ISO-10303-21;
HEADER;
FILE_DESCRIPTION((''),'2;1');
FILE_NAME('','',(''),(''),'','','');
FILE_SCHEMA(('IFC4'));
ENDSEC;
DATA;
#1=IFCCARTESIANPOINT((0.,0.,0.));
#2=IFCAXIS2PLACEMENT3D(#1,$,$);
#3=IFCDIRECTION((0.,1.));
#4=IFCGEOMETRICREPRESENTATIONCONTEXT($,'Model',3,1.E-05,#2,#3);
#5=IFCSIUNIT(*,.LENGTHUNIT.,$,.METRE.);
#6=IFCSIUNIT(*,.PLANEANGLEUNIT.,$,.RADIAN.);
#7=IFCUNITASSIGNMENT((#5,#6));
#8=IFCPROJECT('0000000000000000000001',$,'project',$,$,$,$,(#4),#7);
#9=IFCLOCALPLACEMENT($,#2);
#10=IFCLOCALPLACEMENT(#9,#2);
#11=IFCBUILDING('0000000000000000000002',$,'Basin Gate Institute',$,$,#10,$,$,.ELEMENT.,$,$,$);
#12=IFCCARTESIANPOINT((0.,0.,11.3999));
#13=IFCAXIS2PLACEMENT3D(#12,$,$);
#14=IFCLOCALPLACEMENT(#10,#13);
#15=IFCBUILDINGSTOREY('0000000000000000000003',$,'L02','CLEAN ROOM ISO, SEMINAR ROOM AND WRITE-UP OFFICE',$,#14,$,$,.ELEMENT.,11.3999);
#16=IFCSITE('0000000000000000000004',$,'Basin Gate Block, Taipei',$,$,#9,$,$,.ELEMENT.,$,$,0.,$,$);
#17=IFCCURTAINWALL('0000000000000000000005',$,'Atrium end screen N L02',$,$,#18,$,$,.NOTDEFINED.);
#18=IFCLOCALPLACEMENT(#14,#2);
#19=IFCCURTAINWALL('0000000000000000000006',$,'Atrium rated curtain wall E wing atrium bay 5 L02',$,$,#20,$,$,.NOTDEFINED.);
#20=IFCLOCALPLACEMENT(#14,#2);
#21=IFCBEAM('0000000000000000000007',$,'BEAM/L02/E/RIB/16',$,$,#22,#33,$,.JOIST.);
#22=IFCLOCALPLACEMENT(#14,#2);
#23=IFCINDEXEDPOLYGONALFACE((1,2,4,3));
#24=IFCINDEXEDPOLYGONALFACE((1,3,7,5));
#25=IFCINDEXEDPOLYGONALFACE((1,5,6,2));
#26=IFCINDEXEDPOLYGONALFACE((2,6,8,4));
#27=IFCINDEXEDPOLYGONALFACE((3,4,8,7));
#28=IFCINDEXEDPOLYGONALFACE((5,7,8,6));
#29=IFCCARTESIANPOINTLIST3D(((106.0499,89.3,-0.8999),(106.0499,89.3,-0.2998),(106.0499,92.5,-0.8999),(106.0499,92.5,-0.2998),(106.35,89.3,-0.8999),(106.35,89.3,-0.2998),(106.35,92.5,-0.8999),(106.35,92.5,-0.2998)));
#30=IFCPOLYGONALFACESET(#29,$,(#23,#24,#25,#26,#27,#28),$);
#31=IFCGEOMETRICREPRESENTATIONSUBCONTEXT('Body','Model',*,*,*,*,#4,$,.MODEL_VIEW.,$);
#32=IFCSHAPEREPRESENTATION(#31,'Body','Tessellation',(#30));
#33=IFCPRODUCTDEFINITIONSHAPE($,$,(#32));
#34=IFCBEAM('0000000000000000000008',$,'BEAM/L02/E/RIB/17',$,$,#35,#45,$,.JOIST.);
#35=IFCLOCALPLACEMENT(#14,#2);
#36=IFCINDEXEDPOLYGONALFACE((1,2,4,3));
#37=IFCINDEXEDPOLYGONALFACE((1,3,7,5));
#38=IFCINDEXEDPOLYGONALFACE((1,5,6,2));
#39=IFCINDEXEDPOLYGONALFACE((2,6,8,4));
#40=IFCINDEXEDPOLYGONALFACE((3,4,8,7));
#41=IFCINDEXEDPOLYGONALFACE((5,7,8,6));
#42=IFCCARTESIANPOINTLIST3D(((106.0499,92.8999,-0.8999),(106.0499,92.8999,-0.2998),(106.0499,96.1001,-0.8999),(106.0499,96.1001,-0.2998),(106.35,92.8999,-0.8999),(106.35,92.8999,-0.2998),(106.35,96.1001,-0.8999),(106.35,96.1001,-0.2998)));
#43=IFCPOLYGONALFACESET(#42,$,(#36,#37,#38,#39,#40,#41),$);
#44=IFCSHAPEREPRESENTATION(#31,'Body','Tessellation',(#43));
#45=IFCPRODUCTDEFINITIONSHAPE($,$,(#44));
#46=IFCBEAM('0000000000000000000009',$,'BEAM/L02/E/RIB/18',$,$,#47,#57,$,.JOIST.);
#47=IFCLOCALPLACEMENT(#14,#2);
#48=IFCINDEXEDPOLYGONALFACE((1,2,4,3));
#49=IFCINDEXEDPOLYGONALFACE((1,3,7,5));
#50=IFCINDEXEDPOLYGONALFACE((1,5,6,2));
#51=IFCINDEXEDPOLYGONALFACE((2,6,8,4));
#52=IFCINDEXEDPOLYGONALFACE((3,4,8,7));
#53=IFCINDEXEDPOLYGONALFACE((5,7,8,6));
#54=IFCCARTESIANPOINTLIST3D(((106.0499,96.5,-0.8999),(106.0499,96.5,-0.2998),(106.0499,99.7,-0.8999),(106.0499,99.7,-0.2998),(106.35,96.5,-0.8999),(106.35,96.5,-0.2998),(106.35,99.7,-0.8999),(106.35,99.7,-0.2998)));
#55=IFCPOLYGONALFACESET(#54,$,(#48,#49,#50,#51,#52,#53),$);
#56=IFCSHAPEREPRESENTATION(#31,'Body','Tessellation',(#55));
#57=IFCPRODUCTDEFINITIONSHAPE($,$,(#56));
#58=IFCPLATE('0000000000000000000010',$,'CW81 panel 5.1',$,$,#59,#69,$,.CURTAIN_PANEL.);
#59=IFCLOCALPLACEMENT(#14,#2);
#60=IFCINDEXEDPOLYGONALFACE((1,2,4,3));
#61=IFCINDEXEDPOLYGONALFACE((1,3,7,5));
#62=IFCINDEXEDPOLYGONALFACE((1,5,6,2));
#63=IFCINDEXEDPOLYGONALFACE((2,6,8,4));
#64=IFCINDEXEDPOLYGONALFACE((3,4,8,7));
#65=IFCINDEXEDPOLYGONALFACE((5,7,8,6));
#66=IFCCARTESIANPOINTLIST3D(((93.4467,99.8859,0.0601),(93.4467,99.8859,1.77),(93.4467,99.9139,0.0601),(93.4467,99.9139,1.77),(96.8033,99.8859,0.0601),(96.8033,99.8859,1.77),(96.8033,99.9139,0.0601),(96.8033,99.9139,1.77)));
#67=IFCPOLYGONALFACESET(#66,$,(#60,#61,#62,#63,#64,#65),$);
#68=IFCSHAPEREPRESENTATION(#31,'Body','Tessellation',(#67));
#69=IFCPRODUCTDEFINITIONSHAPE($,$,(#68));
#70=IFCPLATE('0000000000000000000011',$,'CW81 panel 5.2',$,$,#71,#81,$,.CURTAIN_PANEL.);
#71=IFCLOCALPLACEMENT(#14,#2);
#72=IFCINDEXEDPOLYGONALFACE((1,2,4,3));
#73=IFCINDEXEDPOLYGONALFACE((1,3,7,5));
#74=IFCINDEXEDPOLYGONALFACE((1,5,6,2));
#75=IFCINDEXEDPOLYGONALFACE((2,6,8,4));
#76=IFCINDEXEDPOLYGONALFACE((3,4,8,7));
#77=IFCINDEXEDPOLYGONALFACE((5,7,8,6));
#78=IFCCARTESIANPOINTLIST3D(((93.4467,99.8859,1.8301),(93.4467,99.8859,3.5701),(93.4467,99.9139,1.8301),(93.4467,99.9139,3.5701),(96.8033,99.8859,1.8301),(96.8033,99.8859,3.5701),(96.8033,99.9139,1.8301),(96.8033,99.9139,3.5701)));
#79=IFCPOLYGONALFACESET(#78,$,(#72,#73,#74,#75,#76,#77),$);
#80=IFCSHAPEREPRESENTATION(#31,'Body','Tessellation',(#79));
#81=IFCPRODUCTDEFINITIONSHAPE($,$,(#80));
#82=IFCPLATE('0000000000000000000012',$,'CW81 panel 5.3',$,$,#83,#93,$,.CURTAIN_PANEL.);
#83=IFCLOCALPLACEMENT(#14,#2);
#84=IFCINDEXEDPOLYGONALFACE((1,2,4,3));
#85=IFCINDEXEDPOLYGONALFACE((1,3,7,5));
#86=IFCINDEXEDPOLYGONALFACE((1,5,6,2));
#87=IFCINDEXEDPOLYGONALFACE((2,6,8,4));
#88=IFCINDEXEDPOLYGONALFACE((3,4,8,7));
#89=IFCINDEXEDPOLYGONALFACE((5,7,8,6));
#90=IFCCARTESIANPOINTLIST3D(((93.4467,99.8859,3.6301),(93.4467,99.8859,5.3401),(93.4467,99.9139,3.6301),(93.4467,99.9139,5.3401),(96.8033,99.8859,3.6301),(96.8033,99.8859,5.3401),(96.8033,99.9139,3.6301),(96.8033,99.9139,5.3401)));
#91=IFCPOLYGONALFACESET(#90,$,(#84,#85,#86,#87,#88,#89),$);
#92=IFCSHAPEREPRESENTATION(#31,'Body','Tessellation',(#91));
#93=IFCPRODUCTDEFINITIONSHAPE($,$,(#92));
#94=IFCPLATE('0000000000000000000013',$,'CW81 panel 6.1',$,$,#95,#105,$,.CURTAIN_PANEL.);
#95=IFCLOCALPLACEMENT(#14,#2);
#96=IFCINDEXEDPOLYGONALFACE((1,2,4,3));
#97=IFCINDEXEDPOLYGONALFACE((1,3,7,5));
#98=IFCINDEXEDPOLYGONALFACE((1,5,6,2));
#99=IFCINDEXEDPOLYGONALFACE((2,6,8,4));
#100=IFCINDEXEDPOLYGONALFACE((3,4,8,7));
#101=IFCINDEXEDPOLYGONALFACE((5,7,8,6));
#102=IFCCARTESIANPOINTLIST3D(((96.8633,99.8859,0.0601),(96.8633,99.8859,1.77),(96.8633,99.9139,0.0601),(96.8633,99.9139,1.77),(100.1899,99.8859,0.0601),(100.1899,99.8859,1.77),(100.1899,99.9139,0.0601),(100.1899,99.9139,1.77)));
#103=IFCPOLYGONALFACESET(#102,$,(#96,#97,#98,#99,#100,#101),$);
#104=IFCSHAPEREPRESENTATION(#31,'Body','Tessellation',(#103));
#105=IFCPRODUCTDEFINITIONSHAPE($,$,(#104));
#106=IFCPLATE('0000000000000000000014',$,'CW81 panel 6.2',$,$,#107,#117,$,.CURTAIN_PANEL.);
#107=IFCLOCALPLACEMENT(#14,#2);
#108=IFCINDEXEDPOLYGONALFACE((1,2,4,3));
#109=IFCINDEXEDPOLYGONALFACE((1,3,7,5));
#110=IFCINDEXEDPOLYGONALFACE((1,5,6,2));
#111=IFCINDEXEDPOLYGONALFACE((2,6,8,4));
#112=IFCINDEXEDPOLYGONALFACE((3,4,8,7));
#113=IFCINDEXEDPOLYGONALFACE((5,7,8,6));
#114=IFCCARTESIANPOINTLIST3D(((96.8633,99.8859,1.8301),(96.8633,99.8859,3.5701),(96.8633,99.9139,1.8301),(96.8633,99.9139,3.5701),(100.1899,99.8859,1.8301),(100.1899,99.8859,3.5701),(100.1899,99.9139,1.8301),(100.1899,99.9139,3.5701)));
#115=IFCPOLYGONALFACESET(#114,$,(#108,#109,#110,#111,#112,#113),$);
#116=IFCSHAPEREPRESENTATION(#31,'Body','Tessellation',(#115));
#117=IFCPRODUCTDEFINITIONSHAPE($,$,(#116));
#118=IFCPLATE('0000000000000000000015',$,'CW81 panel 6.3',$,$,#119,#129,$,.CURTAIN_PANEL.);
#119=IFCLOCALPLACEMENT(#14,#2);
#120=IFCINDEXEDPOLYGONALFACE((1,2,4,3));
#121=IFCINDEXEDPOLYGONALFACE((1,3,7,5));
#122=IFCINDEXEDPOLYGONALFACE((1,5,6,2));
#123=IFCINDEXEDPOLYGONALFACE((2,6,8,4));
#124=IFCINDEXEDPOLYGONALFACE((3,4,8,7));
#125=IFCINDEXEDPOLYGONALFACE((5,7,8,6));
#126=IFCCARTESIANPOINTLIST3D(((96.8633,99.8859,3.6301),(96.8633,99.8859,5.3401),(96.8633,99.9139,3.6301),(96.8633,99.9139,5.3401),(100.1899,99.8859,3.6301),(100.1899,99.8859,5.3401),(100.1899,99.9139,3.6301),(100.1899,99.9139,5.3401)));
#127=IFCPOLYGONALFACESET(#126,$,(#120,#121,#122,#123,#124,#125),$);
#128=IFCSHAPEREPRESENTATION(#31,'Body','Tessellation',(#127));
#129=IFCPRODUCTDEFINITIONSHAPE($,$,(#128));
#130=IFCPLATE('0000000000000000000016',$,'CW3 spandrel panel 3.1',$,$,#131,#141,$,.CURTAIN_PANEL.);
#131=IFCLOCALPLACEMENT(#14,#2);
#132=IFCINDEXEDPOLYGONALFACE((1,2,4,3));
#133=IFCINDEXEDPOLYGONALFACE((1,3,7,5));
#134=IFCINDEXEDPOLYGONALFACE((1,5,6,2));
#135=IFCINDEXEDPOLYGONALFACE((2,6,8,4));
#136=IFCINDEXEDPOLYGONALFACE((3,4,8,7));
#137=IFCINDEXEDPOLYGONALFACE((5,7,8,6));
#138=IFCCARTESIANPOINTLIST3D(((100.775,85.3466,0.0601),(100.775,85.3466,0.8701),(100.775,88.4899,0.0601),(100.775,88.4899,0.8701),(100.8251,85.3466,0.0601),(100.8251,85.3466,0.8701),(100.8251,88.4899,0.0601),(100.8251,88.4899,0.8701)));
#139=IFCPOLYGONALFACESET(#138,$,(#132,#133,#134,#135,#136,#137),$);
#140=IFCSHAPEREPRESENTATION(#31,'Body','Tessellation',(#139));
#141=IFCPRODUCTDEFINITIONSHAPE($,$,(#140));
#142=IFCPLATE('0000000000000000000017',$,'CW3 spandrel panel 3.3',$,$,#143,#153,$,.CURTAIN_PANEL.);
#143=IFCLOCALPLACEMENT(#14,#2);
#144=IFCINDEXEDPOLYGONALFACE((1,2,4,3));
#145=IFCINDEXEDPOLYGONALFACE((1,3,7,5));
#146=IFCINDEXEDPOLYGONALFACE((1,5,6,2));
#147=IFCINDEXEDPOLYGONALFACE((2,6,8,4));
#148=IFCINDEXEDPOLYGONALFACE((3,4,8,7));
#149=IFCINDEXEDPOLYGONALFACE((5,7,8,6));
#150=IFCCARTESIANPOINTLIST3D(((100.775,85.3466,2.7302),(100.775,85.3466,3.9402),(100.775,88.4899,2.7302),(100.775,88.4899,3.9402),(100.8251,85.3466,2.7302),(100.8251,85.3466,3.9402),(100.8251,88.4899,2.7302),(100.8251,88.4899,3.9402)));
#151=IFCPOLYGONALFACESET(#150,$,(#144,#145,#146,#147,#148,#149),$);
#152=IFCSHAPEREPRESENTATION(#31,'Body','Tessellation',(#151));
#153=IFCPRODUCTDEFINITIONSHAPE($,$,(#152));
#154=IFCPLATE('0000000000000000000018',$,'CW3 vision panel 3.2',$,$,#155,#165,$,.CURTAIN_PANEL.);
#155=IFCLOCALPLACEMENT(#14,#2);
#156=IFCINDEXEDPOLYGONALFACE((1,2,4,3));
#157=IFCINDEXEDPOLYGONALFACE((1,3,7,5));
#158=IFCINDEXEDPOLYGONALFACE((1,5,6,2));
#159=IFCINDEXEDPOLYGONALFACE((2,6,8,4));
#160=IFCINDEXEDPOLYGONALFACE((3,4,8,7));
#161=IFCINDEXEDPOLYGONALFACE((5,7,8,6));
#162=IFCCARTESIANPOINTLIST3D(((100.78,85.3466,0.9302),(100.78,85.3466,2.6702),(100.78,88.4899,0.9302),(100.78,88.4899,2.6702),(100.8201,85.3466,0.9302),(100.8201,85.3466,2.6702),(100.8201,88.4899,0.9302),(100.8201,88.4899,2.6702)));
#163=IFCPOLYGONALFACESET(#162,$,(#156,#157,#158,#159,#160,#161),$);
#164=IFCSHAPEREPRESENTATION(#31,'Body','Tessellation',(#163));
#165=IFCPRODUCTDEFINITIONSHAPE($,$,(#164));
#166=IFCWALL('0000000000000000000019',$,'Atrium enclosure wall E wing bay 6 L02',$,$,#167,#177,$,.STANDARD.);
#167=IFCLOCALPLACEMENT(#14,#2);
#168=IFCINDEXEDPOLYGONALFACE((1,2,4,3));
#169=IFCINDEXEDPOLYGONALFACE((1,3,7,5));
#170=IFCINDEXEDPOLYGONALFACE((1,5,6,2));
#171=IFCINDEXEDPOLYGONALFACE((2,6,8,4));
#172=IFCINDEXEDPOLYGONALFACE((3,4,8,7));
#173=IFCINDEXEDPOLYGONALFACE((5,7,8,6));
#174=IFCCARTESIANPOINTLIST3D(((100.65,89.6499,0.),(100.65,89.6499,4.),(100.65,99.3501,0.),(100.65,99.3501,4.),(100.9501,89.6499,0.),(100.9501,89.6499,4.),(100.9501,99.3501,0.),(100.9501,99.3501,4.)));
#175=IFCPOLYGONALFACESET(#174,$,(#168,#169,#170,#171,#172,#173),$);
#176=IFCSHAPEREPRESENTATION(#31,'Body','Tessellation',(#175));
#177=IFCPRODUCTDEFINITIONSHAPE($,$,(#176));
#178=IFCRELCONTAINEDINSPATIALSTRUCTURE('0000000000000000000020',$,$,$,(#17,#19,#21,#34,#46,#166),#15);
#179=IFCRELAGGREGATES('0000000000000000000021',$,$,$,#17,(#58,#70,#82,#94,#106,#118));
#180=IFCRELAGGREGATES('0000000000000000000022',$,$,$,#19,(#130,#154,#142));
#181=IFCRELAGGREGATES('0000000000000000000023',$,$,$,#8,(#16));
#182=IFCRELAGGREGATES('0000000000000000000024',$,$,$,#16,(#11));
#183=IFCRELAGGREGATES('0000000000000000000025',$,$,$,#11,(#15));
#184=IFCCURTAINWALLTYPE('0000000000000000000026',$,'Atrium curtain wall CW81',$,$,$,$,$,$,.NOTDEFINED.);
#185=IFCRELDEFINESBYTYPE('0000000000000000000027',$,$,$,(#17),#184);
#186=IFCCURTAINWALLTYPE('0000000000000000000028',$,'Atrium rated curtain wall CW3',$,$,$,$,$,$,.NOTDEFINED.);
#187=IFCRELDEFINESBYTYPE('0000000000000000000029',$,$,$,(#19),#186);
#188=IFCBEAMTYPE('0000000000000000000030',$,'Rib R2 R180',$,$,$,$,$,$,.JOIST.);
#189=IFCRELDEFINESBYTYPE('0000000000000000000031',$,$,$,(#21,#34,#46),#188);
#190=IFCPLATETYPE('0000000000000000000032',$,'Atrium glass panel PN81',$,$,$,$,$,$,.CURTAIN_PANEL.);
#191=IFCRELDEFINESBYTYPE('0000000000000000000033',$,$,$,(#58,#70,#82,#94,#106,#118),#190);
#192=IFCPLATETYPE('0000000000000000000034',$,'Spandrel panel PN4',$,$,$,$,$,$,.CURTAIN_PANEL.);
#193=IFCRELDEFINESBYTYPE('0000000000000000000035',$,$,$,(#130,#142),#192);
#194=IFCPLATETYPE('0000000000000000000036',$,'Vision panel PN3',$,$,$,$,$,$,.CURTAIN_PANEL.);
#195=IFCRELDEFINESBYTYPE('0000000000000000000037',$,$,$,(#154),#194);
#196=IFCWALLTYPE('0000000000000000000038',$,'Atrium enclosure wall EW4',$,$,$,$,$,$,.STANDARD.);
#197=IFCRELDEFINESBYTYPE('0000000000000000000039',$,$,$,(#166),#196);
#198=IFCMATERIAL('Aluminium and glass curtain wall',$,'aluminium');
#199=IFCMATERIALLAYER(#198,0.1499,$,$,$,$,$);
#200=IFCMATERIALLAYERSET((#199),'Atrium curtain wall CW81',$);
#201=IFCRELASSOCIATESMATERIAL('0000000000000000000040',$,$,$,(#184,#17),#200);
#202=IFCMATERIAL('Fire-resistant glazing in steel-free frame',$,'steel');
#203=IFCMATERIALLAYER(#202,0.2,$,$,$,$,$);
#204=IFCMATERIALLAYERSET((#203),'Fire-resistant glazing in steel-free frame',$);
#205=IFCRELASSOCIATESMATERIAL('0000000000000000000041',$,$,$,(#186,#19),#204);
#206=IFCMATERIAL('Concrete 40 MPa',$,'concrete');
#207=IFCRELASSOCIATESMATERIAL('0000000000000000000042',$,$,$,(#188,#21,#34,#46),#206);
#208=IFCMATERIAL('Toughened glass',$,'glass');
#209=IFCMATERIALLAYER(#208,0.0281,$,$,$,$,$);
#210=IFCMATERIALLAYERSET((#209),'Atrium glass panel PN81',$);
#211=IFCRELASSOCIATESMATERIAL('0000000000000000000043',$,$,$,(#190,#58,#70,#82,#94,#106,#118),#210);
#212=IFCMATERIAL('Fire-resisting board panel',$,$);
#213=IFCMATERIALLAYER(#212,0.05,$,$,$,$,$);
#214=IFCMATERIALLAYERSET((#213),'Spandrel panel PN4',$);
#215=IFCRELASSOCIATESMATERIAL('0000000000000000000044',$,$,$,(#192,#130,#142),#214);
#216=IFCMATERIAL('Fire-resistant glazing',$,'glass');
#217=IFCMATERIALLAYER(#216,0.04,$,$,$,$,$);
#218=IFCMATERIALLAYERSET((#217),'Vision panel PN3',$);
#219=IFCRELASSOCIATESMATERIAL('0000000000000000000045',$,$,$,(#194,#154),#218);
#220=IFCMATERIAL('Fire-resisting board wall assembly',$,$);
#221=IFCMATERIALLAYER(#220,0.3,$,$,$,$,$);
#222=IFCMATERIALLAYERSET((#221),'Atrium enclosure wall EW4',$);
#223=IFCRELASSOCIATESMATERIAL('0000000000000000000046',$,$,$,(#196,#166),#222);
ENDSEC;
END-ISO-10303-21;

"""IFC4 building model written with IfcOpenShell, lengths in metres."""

from ifc_helpers import new_model, si_unit, direction, frame, frame_2d, origin, origin_2d, place, context, subcontext, project, spatial, rectangle, extrude, material, layer, layer_set, material_profile, profile_set, type_object, element, aggregate, save


model = new_model("IFC4")

# Units and contexts
model_context = context("Model", 3, precision=1e-05, world=origin(), true_north=direction((0.0, 1.0)))
body_context = subcontext(model_context, "Body", "Model", "MODEL_VIEW")
ifc_project = project(units=[si_unit("LENGTHUNIT", "METRE"), si_unit("PLANEANGLEUNIT", "RADIAN")], contexts=[model_context])

# Site, building, storey
site_placement = place(None, origin())
site = spatial("IfcSite", under=ifc_project, at=site_placement, Name="Basin Gate Block, Taipei", CompositionType="ELEMENT", RefElevation=0.0)
building_placement = place(site_placement, origin())
building = spatial("IfcBuilding", under=site, at=building_placement, Name="Basin Gate Institute", CompositionType="ELEMENT")
storey_placement = place(building_placement, frame((0.0, 0.0, 11.3999)))
storey = spatial("IfcBuildingStorey", under=building, at=storey_placement, Name="L02", Description="CLEAN ROOM ISO, SEMINAR ROOM AND WRITE-UP OFFICE", CompositionType="ELEMENT", Elevation=11.3999)

# Curtain wall
ifc_material_1 = material(Name="Aluminium and glass curtain wall", Category="aluminium")
ifc_layer_1 = layer(ifc_material_1, 0.1499)
ifc_layer_set_1 = layer_set([ifc_layer_1], Name="Atrium curtain wall CW81")
curtain_wall_type_1 = type_object("IfcCurtainWallType", Name="Atrium curtain wall CW81", PredefinedType="NOTDEFINED", material=ifc_layer_set_1)
curtain_wall_1_placement = place(storey_placement, origin())
curtain_wall_1 = element("IfcCurtainWall", 1, at=curtain_wall_1_placement, inside=storey, type_object=curtain_wall_type_1, material=ifc_layer_set_1, Name="Atrium end screen N L02", PredefinedType="NOTDEFINED")

# Curtain wall
ifc_material_2 = material(Name="Fire-resistant glazing in steel-free frame", Category="steel")
ifc_layer_2 = layer(ifc_material_2, 0.2)
ifc_layer_set_2 = layer_set([ifc_layer_2], Name="Fire-resistant glazing in steel-free frame")
curtain_wall_type_2 = type_object("IfcCurtainWallType", Name="Atrium rated curtain wall CW3", PredefinedType="NOTDEFINED", material=ifc_layer_set_2)
curtain_wall_2_placement = place(storey_placement, origin())
curtain_wall_2 = element("IfcCurtainWall", 2, at=curtain_wall_2_placement, inside=storey, type_object=curtain_wall_type_2, material=ifc_layer_set_2, Name="Atrium rated curtain wall E wing atrium bay 5 L02", PredefinedType="NOTDEFINED")

# Beams
ifc_material_3 = material(Name="Concrete 40 MPa", Category="concrete")
ifc_material_profile_1 = material_profile(ifc_material_3, rectangle(XDim=0.3, YDim=0.6001, at=origin_2d()), Name="Rib R2 300 x 600")
ifc_profile_set_1 = profile_set([ifc_material_profile_1], Name="Concrete 40 MPa")
beam_type_1 = type_object("IfcBeamType", Name="Rib R2 R180", PredefinedType="JOIST", material=ifc_profile_set_1)
for number, where, z_axis, x_axis, name in (
    (3, (106.2, 89.3, -0.5999), (0.0, 1.0, 0.0), (-1.0, 0.0, 0.0), "BEAM/L02/E/RIB/16"),
):
    element("IfcBeam", number, at=place(storey_placement, frame(where, z_axis=z_axis, x_axis=x_axis)), inside=storey, type_object=beam_type_1, material=ifc_profile_set_1, Name=name, PredefinedType="JOIST", context=body_context, shape_type="SweptSolid", body=[
        extrude(rectangle(XDim=0.3, YDim=0.6001, at=origin_2d()), origin(), (0.0, 0.0, 1.0), 3.2),
    ])
beam_1_placement = place(storey_placement, frame((106.2, 92.8999, -0.5999), z_axis=(0.0, 1.0, 0.0), x_axis=(-1.0, 0.0, 0.0)))
element("IfcBeam", 4, at=beam_1_placement, inside=storey, type_object=beam_type_1, material=ifc_profile_set_1, Name="BEAM/L02/E/RIB/17", PredefinedType="JOIST", context=body_context, shape_type="SweptSolid", body=[
    extrude(rectangle(XDim=0.3, YDim=0.6001, at=origin_2d()), origin(), (0.0, 0.0, 1.0), 3.2002),
])
beam_2_placement = place(storey_placement, frame((106.2, 96.5, -0.5999), z_axis=(0.0, 1.0, 0.0), x_axis=(-1.0, 0.0, 0.0)))
element("IfcBeam", 5, at=beam_2_placement, inside=storey, type_object=beam_type_1, material=ifc_profile_set_1, Name="BEAM/L02/E/RIB/18", PredefinedType="JOIST", context=body_context, shape_type="SweptSolid", body=[
    extrude(rectangle(XDim=0.3, YDim=0.6001, at=origin_2d()), origin(), (0.0, 0.0, 1.0), 3.2),
])

# Plates
ifc_material_4 = material(Name="Toughened glass", Category="glass")
ifc_layer_3 = layer(ifc_material_4, 0.0281)
ifc_layer_set_3 = layer_set([ifc_layer_3], Name="Atrium glass panel PN81")
plate_type_1 = type_object("IfcPlateType", Name="Atrium glass panel PN81", PredefinedType="CURTAIN_PANEL", material=ifc_layer_set_3)
plate_1_placement = place(storey_placement, frame((95.125, 99.8999, 0.0601), z_axis=(0.0, 0.0, 1.0), x_axis=(1.0, 0.0, 0.0)))
plate_1 = element("IfcPlate", 6, at=plate_1_placement, type_object=plate_type_1, material=ifc_layer_set_3, Name="CW81 panel 5.1", PredefinedType="CURTAIN_PANEL", context=body_context, shape_type="SweptSolid", body=[
    extrude(rectangle(XDim=3.3567, YDim=0.0281, at=origin_2d()), origin(), (0.0, 0.0, 1.0), 1.71),
])
plate_2_placement = place(storey_placement, frame((95.125, 99.8999, 1.8301), z_axis=(0.0, 0.0, 1.0), x_axis=(1.0, 0.0, 0.0)))
plate_2 = element("IfcPlate", 7, at=plate_2_placement, type_object=plate_type_1, material=ifc_layer_set_3, Name="CW81 panel 5.2", PredefinedType="CURTAIN_PANEL", context=body_context, shape_type="SweptSolid", body=[
    extrude(rectangle(XDim=3.3567, YDim=0.0281, at=origin_2d()), origin(), (0.0, 0.0, 1.0), 1.74),
])
plate_3_placement = place(storey_placement, frame((95.125, 99.8999, 3.6301), z_axis=(0.0, 0.0, 1.0), x_axis=(1.0, 0.0, 0.0)))
plate_3 = element("IfcPlate", 8, at=plate_3_placement, type_object=plate_type_1, material=ifc_layer_set_3, Name="CW81 panel 5.3", PredefinedType="CURTAIN_PANEL", context=body_context, shape_type="SweptSolid", body=[
    extrude(rectangle(XDim=3.3567, YDim=0.0281, at=origin_2d()), origin(), (0.0, 0.0, 1.0), 1.71),
])
plate_4_placement = place(storey_placement, frame((98.5266, 99.8999, 0.0601), z_axis=(0.0, 0.0, 1.0), x_axis=(1.0, 0.0, 0.0)))
plate_4 = element("IfcPlate", 9, at=plate_4_placement, type_object=plate_type_1, material=ifc_layer_set_3, Name="CW81 panel 6.1", PredefinedType="CURTAIN_PANEL", context=body_context, shape_type="SweptSolid", body=[
    extrude(rectangle(XDim=3.3267, YDim=0.0281, at=origin_2d()), origin(), (0.0, 0.0, 1.0), 1.71),
])
plate_5_placement = place(storey_placement, frame((98.5266, 99.8999, 1.8301), z_axis=(0.0, 0.0, 1.0), x_axis=(1.0, 0.0, 0.0)))
plate_5 = element("IfcPlate", 10, at=plate_5_placement, type_object=plate_type_1, material=ifc_layer_set_3, Name="CW81 panel 6.2", PredefinedType="CURTAIN_PANEL", context=body_context, shape_type="SweptSolid", body=[
    extrude(rectangle(XDim=3.3267, YDim=0.0281, at=origin_2d()), origin(), (0.0, 0.0, 1.0), 1.74),
])
plate_6_placement = place(storey_placement, frame((98.5266, 99.8999, 3.6301), z_axis=(0.0, 0.0, 1.0), x_axis=(1.0, 0.0, 0.0)))
plate_6 = element("IfcPlate", 11, at=plate_6_placement, type_object=plate_type_1, material=ifc_layer_set_3, Name="CW81 panel 6.3", PredefinedType="CURTAIN_PANEL", context=body_context, shape_type="SweptSolid", body=[
    extrude(rectangle(XDim=3.3267, YDim=0.0281, at=origin_2d()), origin(), (0.0, 0.0, 1.0), 1.71),
])
aggregate(curtain_wall_1, [plate_1, plate_2, plate_3, plate_4, plate_5, plate_6])
ifc_material_5 = material(Name="Fire-resisting board panel")
ifc_layer_4 = layer(ifc_material_5, 0.05)
ifc_layer_set_4 = layer_set([ifc_layer_4], Name="Spandrel panel PN4")
plate_type_2 = type_object("IfcPlateType", Name="Spandrel panel PN4", PredefinedType="CURTAIN_PANEL", material=ifc_layer_set_4)
plate_7_placement = place(storey_placement, frame((100.8, 86.9182, 0.0601), z_axis=(0.0, 0.0, 1.0), x_axis=(0.0, 1.0, 0.0)))
plate_7 = element("IfcPlate", 12, at=plate_7_placement, type_object=plate_type_2, material=ifc_layer_set_4, Name="CW3 spandrel panel 3.1", PredefinedType="CURTAIN_PANEL", context=body_context, shape_type="SweptSolid", body=[
    extrude(rectangle(XDim=3.1433, YDim=0.05, at=origin_2d()), origin(), (0.0, 0.0, 1.0), 0.8101),
])
plate_8_placement = place(storey_placement, frame((100.8, 86.9182, 2.7302), z_axis=(0.0, 0.0, 1.0), x_axis=(0.0, 1.0, 0.0)))
plate_8 = element("IfcPlate", 13, at=plate_8_placement, type_object=plate_type_2, material=ifc_layer_set_4, Name="CW3 spandrel panel 3.3", PredefinedType="CURTAIN_PANEL", context=body_context, shape_type="SweptSolid", body=[
    extrude(rectangle(XDim=3.1433, YDim=0.05, at=origin_2d()), origin(), (0.0, 0.0, 1.0), 1.21),
])
ifc_material_6 = material(Name="Fire-resistant glazing", Category="glass")
ifc_layer_5 = layer(ifc_material_6, 0.04)
ifc_layer_set_5 = layer_set([ifc_layer_5], Name="Vision panel PN3")
plate_type_3 = type_object("IfcPlateType", Name="Vision panel PN3", PredefinedType="CURTAIN_PANEL", material=ifc_layer_set_5)
plate_9_placement = place(storey_placement, frame((100.8, 86.9182, 0.9302), z_axis=(0.0, 0.0, 1.0), x_axis=(0.0, 1.0, 0.0)))
plate_9 = element("IfcPlate", 14, at=plate_9_placement, type_object=plate_type_3, material=ifc_layer_set_5, Name="CW3 vision panel 3.2", PredefinedType="CURTAIN_PANEL", context=body_context, shape_type="SweptSolid", body=[
    extrude(rectangle(XDim=3.1433, YDim=0.04, at=origin_2d()), origin(), (0.0, 0.0, 1.0), 1.74),
])
aggregate(curtain_wall_2, [plate_7, plate_9, plate_8])

# Wall
ifc_material_7 = material(Name="Fire-resisting board wall assembly")
ifc_layer_6 = layer(ifc_material_7, 0.3)
ifc_layer_set_6 = layer_set([ifc_layer_6], Name="Atrium enclosure wall EW4")
wall_type_1 = type_object("IfcWallType", Name="Atrium enclosure wall EW4", PredefinedType="STANDARD", material=ifc_layer_set_6)
wall_1_placement = place(storey_placement, frame((100.8, 89.6499, 0.0), z_axis=(0.0, 0.0, 1.0), x_axis=(0.0, 1.0, 0.0)))
element("IfcWall", 15, at=wall_1_placement, inside=storey, type_object=wall_type_1, material=ifc_layer_set_6, Name="Atrium enclosure wall E wing bay 6 L02", PredefinedType="STANDARD", context=body_context, shape_type="SweptSolid", body=[
    extrude(rectangle(XDim=9.7002, YDim=0.3, at=frame_2d((4.8501, 0.0))), origin(), (0.0, 0.0, 1.0), 4.0),
])

save(model, "model.ifc")
